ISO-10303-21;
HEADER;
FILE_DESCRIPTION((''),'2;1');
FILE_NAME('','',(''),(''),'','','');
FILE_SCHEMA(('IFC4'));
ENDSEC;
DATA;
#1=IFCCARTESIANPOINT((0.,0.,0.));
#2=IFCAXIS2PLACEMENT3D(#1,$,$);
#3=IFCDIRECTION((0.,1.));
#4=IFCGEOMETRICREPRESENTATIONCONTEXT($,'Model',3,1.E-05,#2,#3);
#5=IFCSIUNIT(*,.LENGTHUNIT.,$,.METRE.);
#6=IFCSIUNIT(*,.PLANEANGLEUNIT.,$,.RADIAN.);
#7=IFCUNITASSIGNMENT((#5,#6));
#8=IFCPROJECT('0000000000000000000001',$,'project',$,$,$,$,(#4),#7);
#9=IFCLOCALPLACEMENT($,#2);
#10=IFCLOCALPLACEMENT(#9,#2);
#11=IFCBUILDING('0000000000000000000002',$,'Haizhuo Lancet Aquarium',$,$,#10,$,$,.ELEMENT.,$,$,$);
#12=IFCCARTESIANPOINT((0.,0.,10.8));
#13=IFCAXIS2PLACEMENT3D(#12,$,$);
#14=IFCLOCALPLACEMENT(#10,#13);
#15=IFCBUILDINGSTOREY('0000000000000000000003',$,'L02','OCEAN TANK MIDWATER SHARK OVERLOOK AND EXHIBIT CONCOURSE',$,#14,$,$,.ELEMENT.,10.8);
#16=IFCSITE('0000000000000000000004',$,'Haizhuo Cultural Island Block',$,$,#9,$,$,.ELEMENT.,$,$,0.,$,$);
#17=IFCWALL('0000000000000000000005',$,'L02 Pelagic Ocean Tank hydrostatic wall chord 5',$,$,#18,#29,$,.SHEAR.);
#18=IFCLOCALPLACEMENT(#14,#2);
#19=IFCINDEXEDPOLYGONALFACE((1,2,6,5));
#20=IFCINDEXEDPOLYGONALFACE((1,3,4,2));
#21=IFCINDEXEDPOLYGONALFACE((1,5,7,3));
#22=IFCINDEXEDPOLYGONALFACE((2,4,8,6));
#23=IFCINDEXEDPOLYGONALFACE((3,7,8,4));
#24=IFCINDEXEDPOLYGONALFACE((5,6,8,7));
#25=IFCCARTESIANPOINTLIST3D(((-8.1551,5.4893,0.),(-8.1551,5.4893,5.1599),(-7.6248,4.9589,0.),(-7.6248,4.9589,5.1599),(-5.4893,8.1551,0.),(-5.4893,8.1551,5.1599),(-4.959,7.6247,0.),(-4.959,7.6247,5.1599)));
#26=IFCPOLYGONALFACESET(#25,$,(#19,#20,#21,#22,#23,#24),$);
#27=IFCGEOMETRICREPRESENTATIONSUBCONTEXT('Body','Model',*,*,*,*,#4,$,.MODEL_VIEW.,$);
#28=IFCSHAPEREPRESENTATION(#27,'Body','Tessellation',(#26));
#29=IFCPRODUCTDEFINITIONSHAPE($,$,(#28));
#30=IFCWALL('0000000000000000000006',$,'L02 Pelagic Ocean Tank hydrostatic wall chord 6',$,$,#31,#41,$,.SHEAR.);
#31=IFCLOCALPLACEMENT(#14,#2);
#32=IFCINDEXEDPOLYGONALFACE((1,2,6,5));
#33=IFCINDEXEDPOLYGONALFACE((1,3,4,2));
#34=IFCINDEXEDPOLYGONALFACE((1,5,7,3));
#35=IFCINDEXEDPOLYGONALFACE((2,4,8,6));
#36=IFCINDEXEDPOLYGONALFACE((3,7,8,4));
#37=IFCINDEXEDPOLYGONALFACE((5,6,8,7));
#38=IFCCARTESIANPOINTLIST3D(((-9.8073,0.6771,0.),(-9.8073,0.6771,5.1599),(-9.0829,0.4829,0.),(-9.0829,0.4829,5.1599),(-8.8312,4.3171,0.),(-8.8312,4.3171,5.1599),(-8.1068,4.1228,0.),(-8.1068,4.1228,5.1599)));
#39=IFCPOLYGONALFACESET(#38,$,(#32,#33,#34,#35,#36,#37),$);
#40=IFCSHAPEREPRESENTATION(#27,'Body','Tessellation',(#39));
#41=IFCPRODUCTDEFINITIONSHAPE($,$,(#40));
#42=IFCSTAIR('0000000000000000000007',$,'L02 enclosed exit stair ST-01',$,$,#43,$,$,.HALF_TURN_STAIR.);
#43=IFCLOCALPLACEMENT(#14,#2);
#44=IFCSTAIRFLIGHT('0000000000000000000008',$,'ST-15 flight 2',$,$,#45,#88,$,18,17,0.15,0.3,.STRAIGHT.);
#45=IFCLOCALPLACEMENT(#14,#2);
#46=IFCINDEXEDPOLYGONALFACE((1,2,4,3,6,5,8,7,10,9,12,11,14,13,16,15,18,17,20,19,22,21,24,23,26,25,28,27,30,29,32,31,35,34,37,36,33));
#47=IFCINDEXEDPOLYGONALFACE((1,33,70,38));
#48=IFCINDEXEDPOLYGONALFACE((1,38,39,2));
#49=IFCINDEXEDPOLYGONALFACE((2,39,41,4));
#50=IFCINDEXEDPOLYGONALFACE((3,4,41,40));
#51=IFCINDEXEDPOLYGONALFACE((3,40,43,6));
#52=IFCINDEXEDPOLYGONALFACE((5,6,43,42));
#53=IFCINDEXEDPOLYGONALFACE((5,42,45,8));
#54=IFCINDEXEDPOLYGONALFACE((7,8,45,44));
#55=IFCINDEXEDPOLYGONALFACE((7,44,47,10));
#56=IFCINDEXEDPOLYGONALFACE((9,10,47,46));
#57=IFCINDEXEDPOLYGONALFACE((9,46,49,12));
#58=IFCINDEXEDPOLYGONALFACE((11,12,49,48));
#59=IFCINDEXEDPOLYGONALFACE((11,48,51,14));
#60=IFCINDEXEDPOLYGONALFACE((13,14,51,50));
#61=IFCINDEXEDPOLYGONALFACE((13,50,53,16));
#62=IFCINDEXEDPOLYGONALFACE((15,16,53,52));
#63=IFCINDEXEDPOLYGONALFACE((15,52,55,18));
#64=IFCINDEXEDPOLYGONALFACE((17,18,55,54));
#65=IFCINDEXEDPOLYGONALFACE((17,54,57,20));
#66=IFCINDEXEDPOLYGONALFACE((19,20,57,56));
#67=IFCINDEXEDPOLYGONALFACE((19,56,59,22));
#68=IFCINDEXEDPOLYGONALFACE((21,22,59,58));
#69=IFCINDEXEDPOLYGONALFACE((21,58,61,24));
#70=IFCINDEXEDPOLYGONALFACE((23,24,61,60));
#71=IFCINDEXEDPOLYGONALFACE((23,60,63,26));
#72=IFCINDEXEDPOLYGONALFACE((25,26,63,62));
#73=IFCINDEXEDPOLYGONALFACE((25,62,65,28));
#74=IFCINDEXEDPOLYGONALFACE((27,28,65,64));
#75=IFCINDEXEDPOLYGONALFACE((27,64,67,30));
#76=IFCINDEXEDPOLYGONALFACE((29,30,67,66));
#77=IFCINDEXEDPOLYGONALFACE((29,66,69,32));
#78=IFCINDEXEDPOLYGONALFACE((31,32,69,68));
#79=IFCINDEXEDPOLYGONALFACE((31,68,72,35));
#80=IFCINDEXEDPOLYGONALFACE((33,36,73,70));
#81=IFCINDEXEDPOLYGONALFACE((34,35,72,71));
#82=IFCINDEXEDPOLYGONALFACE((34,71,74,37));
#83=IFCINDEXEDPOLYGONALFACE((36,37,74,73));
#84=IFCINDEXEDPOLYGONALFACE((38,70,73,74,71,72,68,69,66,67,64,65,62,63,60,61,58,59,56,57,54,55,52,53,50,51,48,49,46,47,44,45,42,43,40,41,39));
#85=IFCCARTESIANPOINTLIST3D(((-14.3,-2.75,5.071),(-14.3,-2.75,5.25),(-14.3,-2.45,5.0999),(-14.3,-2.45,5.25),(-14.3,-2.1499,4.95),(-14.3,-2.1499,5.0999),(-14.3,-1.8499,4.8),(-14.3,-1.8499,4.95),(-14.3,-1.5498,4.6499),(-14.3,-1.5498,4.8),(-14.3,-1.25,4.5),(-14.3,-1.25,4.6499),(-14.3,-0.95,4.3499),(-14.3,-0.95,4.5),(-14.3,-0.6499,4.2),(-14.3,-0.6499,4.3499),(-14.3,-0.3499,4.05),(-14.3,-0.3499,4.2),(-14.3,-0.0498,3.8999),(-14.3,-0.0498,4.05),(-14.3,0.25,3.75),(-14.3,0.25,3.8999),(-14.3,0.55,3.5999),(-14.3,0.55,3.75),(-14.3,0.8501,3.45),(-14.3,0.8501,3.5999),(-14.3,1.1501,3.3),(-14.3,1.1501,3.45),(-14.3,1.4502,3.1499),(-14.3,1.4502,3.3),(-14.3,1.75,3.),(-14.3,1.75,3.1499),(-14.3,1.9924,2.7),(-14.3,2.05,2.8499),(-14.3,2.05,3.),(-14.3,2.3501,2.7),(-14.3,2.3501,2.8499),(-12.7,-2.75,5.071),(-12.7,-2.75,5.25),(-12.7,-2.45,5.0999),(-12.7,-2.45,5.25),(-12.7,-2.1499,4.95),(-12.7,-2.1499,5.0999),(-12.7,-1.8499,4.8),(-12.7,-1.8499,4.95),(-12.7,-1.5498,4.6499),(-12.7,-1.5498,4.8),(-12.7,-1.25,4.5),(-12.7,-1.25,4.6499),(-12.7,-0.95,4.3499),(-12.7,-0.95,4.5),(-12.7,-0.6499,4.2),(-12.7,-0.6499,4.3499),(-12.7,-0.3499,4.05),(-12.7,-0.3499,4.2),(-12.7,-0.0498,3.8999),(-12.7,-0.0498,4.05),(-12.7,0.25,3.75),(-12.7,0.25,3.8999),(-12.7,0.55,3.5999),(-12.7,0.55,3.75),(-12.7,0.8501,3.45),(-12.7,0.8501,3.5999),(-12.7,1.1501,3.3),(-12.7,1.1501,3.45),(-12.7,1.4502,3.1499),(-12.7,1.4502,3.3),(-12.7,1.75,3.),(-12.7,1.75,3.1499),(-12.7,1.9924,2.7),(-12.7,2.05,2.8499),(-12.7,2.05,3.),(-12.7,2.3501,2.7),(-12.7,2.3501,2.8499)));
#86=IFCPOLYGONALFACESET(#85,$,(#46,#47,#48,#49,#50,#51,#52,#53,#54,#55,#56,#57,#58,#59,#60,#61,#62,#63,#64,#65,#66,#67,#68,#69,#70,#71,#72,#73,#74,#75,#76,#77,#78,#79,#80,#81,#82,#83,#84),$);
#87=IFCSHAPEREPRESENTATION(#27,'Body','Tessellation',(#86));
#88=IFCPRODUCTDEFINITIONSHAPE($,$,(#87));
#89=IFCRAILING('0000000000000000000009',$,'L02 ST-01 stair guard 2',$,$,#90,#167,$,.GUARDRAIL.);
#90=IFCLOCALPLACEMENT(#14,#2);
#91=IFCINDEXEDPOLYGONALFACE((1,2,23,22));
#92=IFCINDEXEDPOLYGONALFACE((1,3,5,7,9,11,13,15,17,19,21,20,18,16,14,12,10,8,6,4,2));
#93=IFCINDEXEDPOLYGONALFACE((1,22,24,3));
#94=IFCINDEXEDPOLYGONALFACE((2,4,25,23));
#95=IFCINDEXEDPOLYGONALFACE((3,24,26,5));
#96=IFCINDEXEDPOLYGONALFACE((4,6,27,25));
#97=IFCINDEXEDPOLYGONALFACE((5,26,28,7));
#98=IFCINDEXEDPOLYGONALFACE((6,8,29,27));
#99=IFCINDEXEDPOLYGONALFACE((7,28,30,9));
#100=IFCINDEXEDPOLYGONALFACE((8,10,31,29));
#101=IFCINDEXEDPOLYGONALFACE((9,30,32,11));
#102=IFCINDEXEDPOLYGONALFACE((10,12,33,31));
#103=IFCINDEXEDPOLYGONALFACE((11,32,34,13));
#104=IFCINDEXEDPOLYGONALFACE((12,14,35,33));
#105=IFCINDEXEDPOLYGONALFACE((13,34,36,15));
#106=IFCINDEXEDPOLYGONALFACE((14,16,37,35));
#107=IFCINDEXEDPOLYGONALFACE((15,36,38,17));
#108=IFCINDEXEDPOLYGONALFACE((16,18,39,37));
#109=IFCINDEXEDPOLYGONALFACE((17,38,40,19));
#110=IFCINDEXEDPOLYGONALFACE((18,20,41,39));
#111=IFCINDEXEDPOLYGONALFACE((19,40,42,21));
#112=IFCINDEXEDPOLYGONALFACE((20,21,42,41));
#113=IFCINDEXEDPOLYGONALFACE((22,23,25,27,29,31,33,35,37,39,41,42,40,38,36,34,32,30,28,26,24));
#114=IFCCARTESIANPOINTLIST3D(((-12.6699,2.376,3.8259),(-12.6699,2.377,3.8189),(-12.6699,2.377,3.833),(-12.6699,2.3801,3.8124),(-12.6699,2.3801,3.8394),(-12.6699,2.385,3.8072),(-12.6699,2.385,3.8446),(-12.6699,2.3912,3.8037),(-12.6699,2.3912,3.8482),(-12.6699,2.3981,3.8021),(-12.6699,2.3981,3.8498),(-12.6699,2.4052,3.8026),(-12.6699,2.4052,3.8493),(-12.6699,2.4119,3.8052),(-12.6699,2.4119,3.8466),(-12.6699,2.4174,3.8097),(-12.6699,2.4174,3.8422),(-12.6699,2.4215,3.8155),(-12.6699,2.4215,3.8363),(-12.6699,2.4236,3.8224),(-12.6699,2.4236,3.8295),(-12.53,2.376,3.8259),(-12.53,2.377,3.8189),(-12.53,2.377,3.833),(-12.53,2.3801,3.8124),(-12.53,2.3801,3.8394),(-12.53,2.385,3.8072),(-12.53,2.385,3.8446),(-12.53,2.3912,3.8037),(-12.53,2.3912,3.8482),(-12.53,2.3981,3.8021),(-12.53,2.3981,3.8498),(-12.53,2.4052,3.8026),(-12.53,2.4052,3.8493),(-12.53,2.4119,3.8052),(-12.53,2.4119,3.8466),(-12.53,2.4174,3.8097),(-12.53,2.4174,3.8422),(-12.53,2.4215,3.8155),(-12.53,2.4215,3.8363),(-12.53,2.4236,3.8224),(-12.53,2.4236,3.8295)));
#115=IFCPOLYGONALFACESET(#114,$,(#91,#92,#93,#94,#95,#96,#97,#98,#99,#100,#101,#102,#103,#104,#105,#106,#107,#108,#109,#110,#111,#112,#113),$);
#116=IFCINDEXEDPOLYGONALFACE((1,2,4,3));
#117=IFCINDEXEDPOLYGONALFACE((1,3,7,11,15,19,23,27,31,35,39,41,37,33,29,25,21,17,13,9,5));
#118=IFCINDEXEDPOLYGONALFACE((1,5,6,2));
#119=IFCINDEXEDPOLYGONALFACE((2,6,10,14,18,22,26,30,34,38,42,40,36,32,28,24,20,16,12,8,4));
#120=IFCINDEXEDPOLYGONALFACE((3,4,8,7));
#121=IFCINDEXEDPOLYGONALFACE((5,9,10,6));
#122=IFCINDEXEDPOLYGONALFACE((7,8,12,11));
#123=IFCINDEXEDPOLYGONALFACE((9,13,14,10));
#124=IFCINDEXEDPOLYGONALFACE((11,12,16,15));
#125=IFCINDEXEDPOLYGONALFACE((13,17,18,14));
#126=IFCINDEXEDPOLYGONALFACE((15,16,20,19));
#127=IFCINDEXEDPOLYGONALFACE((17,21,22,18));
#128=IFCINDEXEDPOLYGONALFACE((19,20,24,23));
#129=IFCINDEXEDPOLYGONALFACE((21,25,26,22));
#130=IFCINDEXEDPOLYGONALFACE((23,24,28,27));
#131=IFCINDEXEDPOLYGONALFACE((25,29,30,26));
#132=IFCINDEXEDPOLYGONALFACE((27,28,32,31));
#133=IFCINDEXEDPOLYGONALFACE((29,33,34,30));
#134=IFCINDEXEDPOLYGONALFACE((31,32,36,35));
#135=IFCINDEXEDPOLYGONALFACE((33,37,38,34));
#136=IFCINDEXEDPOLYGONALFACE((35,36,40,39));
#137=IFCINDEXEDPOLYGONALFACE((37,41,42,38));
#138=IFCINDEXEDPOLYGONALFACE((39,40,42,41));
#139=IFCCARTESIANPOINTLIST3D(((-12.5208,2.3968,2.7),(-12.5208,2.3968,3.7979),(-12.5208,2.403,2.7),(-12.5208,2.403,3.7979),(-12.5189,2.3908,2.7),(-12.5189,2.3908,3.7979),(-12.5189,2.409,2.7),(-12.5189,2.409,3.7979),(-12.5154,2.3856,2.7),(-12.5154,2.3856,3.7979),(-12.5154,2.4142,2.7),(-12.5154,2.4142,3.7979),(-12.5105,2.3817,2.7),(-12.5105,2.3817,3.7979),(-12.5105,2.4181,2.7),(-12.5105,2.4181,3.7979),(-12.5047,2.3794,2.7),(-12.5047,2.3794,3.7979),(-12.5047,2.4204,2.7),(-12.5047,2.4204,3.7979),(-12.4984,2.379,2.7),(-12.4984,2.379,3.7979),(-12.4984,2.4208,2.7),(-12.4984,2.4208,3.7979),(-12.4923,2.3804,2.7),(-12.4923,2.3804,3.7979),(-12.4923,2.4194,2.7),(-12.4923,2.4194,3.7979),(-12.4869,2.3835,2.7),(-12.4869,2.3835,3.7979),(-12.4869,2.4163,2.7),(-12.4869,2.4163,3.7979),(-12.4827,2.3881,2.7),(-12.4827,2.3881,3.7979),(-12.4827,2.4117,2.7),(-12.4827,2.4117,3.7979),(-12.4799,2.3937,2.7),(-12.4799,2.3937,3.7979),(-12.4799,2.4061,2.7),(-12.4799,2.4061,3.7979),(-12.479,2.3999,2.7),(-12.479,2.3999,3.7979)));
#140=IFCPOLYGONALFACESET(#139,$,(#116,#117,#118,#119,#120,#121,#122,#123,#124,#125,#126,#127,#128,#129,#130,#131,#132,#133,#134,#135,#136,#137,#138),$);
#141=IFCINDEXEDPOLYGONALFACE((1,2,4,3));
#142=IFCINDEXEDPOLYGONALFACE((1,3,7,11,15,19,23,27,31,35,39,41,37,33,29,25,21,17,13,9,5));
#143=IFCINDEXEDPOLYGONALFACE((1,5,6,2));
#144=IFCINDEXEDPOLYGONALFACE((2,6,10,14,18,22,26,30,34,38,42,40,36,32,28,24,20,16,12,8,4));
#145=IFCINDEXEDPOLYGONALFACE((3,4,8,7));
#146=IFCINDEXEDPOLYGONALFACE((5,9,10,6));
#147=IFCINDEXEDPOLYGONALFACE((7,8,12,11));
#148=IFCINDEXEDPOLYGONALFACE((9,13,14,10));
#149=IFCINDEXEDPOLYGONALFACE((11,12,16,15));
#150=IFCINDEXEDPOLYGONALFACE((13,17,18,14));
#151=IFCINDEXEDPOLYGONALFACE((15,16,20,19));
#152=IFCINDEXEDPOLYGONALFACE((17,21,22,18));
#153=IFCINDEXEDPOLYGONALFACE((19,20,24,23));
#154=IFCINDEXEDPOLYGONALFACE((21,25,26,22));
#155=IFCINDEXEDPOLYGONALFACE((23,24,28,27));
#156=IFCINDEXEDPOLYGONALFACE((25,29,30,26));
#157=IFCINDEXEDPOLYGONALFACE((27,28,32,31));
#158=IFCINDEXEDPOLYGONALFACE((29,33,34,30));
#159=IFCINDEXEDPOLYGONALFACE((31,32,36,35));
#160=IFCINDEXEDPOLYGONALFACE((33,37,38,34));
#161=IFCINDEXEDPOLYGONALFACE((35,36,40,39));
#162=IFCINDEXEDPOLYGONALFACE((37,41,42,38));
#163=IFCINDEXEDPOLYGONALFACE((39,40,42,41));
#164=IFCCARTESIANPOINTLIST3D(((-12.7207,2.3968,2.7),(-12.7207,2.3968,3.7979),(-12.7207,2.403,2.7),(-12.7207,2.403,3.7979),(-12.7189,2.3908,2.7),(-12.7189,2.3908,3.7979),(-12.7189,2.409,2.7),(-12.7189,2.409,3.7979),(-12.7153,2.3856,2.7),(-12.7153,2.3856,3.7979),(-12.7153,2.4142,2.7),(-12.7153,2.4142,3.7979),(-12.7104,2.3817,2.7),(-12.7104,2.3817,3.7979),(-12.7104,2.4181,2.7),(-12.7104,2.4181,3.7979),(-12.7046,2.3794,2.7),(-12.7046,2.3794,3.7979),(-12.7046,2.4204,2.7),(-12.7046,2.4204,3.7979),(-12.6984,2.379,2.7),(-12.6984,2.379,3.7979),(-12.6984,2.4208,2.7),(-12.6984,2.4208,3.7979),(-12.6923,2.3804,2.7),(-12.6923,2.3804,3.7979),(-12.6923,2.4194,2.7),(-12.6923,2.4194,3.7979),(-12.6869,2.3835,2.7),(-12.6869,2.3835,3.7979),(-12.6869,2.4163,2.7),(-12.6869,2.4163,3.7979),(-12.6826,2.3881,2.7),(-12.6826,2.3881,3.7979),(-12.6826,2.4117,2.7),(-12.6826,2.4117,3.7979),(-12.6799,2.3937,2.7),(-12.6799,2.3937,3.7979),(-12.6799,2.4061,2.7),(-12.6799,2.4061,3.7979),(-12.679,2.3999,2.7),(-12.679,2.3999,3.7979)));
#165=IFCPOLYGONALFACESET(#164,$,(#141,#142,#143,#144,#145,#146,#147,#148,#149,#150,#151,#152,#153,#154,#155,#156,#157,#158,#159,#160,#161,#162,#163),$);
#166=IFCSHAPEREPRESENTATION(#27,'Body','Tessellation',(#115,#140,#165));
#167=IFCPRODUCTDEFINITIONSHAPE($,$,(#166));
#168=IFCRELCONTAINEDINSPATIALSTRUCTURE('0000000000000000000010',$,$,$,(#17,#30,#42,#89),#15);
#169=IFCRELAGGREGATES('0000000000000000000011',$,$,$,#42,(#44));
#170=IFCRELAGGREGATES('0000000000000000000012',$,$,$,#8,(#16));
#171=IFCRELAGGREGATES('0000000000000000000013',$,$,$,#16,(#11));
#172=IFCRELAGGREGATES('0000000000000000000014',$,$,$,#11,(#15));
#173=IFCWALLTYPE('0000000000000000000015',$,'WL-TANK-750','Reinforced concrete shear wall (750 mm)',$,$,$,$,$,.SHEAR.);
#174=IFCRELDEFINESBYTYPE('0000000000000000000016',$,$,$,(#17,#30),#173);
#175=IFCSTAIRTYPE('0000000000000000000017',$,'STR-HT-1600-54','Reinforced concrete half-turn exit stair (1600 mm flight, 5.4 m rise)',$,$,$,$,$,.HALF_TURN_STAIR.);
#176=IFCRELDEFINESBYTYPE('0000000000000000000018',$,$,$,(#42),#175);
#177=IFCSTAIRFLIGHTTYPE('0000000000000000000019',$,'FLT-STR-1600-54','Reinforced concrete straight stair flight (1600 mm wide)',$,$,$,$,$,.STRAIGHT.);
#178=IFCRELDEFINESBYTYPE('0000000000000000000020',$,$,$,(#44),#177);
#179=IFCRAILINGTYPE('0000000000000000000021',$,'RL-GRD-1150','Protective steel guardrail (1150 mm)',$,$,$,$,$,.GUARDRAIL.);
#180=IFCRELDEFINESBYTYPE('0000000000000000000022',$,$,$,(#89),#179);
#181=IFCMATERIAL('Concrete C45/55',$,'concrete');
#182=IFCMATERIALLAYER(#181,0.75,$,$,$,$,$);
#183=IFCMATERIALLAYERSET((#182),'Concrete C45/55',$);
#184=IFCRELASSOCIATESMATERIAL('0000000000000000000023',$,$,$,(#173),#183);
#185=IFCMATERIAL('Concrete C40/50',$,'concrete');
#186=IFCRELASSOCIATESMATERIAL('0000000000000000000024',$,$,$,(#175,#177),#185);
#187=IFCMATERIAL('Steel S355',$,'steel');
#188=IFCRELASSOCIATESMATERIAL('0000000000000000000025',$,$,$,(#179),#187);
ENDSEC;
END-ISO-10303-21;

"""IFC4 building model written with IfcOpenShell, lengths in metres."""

from ifc_helpers import new_model, si_unit, direction, frame, frame_2d, origin, origin_2d, place, context, subcontext, project, spatial, polyline, rectangle, circle, outline, extrude, material, layer, layer_set, type_object, element, aggregate, save


model = new_model("IFC4")

# Units and contexts
model_context = context("Model", 3, precision=1e-05, world=origin(), true_north=direction((0.0, 1.0)))
body_context = subcontext(model_context, "Body", "Model", "MODEL_VIEW")
ifc_project = project(units=[si_unit("LENGTHUNIT", "METRE"), si_unit("PLANEANGLEUNIT", "RADIAN")], contexts=[model_context])

# Site, building, storey
site_placement = place(None, origin())
site = spatial("IfcSite", under=ifc_project, at=site_placement, Name="Haizhuo Cultural Island Block", CompositionType="ELEMENT", RefElevation=0.0)
building_placement = place(site_placement, origin())
building = spatial("IfcBuilding", under=site, at=building_placement, Name="Haizhuo Lancet Aquarium", CompositionType="ELEMENT")
storey_placement = place(building_placement, frame((0.0, 0.0, 10.8)))
storey = spatial("IfcBuildingStorey", under=building, at=storey_placement, Name="L02", Description="OCEAN TANK MIDWATER SHARK OVERLOOK AND EXHIBIT CONCOURSE", CompositionType="ELEMENT", Elevation=10.8)

# Shared definitions
ifc_material_1 = material(Name="Concrete C40/50", Category="concrete")
ifc_material_2 = material(Name="Steel S355", Category="steel")

# Walls
ifc_material_3 = material(Name="Concrete C45/55", Category="concrete")
ifc_layer_1 = layer(ifc_material_3, 0.75)
ifc_layer_set_1 = layer_set([ifc_layer_1], Name="Concrete C45/55")
wall_type_1 = type_object("IfcWallType", Name="WL-TANK-750", Description="Reinforced concrete shear wall (750 mm)", PredefinedType="SHEAR", material=ifc_layer_set_1)
wall_1_placement = place(storey_placement, frame((-5.2241, 7.8899, 0.0), z_axis=(0.0, 0.0, 1.0), x_axis=(-0.707107, -0.707107, 0.0)))
element("IfcWall", 1, at=wall_1_placement, inside=storey, type_object=wall_type_1, Name="L02 Pelagic Ocean Tank hydrostatic wall chord 5", PredefinedType="SHEAR", context=body_context, shape_type="SweptSolid", body=[
    extrude(rectangle(XDim=3.77, YDim=0.75, at=frame_2d((1.885, 0.0))), origin(), (0.0, 0.0, 1.0), 5.1599),
])
wall_2_placement = place(storey_placement, frame((-8.469, 4.22, 0.0), z_axis=(0.0, 0.0, 1.0), x_axis=(-0.259009, -0.965875, 0.0)))
element("IfcWall", 2, at=wall_2_placement, inside=storey, type_object=wall_type_1, Name="L02 Pelagic Ocean Tank hydrostatic wall chord 6", PredefinedType="SHEAR", context=body_context, shape_type="SweptSolid", body=[
    extrude(rectangle(XDim=3.7686, YDim=0.75, at=frame_2d((1.8843, 0.0))), origin(), (0.0, 0.0, 1.0), 5.1599),
])

# Stair, stair flight
stair_type = type_object("IfcStairType", Name="STR-HT-1600-54", Description="Reinforced concrete half-turn exit stair (1600 mm flight, 5.4 m rise)", PredefinedType="HALF_TURN_STAIR", material=ifc_material_1)
stair_placement = place(storey_placement, origin())
stair = element("IfcStair", 3, at=stair_placement, inside=storey, type_object=stair_type, Name="L02 enclosed exit stair ST-01", PredefinedType="HALF_TURN_STAIR")
stair_flight_type = type_object("IfcStairFlightType", Name="FLT-STR-1600-54", Description="Reinforced concrete straight stair flight (1600 mm wide)", PredefinedType="STRAIGHT", material=ifc_material_1)
stair_flight_placement = place(storey_placement, frame((-13.5, 2.3501, 2.7), z_axis=(0.0, 0.0, 1.0), x_axis=(0.0, -1.0, 0.0)))
stair_flight = element("IfcStairFlight", 4, at=stair_flight_placement, type_object=stair_flight_type, Name="ST-15 flight 2", NumberOfRisers=18, NumberOfTreads=17, PredefinedType="STRAIGHT", RiserHeight=0.15, TreadLength=0.3, context=body_context, shape_type="SweptSolid", body=[
    extrude(outline(polyline([(0.0, 0.0), (0.0, 0.1499), (0.3, 0.1499), (0.3, 0.3), (0.6001, 0.3), (0.6001, 0.45), (0.8999, 0.45), (0.8999, 0.6001), (1.2, 0.6001), (1.2, 0.75), (1.5, 0.75), (1.5, 0.8999), (1.8, 0.8999), (1.8, 1.05), (2.1001, 1.05), (2.1001, 1.2), (2.3999, 1.2), (2.3999, 1.3501), (2.7, 1.3501), (2.7, 1.5), (3.0, 1.5), (3.0, 1.6499), (3.3, 1.6499), (3.3, 1.8), (3.6001, 1.8), (3.6001, 1.95), (3.8999, 1.95), (3.8999, 2.1001), (4.2, 2.1001), (4.2, 2.25), (4.5, 2.25), (4.5, 2.3999), (4.8, 2.3999), (4.8, 2.55), (5.1001, 2.55), (5.1001, 2.7), (5.1001, 2.3711), (0.3577, 0.0), (0.0, 0.0)])), frame((0.0, 0.8, 0.0), z_axis=(0.0, -1.0, 0.0), x_axis=(1.0, 0.0, 0.0)), (0.0, 0.0, 1.0), 1.6001),
])
aggregate(stair, [stair_flight])

# Railing
railing_type_1 = type_object("IfcRailingType", Name="RL-GRD-1150", Description="Protective steel guardrail (1150 mm)", PredefinedType="GUARDRAIL", material=ifc_material_2)
railing_1_placement = place(storey_placement, frame((-12.5, 2.3999, 2.7)))
element("IfcRailing", 5, at=railing_1_placement, inside=storey, type_object=railing_type_1, Name="L02 ST-01 stair guard 2", PredefinedType="GUARDRAIL", context=body_context, shape_type="SweptSolid", body=[
    extrude(circle(Radius=0.0239, at=origin_2d()), frame((-0.03, 0.0, 1.126), z_axis=(-1.0, 0.0, 0.0), x_axis=(0.0, -1.0, 0.0)), (0.0, 0.0, 1.0), 0.1399),
    extrude(circle(Radius=0.021, at=origin_2d()), origin(), (0.0, 0.0, 1.0), 1.0979),
    extrude(circle(Radius=0.021, at=origin_2d()), frame((-0.2, 0.0, 0.0)), (0.0, 0.0, 1.0), 1.0979),
])

save(model, "model.ifc")
